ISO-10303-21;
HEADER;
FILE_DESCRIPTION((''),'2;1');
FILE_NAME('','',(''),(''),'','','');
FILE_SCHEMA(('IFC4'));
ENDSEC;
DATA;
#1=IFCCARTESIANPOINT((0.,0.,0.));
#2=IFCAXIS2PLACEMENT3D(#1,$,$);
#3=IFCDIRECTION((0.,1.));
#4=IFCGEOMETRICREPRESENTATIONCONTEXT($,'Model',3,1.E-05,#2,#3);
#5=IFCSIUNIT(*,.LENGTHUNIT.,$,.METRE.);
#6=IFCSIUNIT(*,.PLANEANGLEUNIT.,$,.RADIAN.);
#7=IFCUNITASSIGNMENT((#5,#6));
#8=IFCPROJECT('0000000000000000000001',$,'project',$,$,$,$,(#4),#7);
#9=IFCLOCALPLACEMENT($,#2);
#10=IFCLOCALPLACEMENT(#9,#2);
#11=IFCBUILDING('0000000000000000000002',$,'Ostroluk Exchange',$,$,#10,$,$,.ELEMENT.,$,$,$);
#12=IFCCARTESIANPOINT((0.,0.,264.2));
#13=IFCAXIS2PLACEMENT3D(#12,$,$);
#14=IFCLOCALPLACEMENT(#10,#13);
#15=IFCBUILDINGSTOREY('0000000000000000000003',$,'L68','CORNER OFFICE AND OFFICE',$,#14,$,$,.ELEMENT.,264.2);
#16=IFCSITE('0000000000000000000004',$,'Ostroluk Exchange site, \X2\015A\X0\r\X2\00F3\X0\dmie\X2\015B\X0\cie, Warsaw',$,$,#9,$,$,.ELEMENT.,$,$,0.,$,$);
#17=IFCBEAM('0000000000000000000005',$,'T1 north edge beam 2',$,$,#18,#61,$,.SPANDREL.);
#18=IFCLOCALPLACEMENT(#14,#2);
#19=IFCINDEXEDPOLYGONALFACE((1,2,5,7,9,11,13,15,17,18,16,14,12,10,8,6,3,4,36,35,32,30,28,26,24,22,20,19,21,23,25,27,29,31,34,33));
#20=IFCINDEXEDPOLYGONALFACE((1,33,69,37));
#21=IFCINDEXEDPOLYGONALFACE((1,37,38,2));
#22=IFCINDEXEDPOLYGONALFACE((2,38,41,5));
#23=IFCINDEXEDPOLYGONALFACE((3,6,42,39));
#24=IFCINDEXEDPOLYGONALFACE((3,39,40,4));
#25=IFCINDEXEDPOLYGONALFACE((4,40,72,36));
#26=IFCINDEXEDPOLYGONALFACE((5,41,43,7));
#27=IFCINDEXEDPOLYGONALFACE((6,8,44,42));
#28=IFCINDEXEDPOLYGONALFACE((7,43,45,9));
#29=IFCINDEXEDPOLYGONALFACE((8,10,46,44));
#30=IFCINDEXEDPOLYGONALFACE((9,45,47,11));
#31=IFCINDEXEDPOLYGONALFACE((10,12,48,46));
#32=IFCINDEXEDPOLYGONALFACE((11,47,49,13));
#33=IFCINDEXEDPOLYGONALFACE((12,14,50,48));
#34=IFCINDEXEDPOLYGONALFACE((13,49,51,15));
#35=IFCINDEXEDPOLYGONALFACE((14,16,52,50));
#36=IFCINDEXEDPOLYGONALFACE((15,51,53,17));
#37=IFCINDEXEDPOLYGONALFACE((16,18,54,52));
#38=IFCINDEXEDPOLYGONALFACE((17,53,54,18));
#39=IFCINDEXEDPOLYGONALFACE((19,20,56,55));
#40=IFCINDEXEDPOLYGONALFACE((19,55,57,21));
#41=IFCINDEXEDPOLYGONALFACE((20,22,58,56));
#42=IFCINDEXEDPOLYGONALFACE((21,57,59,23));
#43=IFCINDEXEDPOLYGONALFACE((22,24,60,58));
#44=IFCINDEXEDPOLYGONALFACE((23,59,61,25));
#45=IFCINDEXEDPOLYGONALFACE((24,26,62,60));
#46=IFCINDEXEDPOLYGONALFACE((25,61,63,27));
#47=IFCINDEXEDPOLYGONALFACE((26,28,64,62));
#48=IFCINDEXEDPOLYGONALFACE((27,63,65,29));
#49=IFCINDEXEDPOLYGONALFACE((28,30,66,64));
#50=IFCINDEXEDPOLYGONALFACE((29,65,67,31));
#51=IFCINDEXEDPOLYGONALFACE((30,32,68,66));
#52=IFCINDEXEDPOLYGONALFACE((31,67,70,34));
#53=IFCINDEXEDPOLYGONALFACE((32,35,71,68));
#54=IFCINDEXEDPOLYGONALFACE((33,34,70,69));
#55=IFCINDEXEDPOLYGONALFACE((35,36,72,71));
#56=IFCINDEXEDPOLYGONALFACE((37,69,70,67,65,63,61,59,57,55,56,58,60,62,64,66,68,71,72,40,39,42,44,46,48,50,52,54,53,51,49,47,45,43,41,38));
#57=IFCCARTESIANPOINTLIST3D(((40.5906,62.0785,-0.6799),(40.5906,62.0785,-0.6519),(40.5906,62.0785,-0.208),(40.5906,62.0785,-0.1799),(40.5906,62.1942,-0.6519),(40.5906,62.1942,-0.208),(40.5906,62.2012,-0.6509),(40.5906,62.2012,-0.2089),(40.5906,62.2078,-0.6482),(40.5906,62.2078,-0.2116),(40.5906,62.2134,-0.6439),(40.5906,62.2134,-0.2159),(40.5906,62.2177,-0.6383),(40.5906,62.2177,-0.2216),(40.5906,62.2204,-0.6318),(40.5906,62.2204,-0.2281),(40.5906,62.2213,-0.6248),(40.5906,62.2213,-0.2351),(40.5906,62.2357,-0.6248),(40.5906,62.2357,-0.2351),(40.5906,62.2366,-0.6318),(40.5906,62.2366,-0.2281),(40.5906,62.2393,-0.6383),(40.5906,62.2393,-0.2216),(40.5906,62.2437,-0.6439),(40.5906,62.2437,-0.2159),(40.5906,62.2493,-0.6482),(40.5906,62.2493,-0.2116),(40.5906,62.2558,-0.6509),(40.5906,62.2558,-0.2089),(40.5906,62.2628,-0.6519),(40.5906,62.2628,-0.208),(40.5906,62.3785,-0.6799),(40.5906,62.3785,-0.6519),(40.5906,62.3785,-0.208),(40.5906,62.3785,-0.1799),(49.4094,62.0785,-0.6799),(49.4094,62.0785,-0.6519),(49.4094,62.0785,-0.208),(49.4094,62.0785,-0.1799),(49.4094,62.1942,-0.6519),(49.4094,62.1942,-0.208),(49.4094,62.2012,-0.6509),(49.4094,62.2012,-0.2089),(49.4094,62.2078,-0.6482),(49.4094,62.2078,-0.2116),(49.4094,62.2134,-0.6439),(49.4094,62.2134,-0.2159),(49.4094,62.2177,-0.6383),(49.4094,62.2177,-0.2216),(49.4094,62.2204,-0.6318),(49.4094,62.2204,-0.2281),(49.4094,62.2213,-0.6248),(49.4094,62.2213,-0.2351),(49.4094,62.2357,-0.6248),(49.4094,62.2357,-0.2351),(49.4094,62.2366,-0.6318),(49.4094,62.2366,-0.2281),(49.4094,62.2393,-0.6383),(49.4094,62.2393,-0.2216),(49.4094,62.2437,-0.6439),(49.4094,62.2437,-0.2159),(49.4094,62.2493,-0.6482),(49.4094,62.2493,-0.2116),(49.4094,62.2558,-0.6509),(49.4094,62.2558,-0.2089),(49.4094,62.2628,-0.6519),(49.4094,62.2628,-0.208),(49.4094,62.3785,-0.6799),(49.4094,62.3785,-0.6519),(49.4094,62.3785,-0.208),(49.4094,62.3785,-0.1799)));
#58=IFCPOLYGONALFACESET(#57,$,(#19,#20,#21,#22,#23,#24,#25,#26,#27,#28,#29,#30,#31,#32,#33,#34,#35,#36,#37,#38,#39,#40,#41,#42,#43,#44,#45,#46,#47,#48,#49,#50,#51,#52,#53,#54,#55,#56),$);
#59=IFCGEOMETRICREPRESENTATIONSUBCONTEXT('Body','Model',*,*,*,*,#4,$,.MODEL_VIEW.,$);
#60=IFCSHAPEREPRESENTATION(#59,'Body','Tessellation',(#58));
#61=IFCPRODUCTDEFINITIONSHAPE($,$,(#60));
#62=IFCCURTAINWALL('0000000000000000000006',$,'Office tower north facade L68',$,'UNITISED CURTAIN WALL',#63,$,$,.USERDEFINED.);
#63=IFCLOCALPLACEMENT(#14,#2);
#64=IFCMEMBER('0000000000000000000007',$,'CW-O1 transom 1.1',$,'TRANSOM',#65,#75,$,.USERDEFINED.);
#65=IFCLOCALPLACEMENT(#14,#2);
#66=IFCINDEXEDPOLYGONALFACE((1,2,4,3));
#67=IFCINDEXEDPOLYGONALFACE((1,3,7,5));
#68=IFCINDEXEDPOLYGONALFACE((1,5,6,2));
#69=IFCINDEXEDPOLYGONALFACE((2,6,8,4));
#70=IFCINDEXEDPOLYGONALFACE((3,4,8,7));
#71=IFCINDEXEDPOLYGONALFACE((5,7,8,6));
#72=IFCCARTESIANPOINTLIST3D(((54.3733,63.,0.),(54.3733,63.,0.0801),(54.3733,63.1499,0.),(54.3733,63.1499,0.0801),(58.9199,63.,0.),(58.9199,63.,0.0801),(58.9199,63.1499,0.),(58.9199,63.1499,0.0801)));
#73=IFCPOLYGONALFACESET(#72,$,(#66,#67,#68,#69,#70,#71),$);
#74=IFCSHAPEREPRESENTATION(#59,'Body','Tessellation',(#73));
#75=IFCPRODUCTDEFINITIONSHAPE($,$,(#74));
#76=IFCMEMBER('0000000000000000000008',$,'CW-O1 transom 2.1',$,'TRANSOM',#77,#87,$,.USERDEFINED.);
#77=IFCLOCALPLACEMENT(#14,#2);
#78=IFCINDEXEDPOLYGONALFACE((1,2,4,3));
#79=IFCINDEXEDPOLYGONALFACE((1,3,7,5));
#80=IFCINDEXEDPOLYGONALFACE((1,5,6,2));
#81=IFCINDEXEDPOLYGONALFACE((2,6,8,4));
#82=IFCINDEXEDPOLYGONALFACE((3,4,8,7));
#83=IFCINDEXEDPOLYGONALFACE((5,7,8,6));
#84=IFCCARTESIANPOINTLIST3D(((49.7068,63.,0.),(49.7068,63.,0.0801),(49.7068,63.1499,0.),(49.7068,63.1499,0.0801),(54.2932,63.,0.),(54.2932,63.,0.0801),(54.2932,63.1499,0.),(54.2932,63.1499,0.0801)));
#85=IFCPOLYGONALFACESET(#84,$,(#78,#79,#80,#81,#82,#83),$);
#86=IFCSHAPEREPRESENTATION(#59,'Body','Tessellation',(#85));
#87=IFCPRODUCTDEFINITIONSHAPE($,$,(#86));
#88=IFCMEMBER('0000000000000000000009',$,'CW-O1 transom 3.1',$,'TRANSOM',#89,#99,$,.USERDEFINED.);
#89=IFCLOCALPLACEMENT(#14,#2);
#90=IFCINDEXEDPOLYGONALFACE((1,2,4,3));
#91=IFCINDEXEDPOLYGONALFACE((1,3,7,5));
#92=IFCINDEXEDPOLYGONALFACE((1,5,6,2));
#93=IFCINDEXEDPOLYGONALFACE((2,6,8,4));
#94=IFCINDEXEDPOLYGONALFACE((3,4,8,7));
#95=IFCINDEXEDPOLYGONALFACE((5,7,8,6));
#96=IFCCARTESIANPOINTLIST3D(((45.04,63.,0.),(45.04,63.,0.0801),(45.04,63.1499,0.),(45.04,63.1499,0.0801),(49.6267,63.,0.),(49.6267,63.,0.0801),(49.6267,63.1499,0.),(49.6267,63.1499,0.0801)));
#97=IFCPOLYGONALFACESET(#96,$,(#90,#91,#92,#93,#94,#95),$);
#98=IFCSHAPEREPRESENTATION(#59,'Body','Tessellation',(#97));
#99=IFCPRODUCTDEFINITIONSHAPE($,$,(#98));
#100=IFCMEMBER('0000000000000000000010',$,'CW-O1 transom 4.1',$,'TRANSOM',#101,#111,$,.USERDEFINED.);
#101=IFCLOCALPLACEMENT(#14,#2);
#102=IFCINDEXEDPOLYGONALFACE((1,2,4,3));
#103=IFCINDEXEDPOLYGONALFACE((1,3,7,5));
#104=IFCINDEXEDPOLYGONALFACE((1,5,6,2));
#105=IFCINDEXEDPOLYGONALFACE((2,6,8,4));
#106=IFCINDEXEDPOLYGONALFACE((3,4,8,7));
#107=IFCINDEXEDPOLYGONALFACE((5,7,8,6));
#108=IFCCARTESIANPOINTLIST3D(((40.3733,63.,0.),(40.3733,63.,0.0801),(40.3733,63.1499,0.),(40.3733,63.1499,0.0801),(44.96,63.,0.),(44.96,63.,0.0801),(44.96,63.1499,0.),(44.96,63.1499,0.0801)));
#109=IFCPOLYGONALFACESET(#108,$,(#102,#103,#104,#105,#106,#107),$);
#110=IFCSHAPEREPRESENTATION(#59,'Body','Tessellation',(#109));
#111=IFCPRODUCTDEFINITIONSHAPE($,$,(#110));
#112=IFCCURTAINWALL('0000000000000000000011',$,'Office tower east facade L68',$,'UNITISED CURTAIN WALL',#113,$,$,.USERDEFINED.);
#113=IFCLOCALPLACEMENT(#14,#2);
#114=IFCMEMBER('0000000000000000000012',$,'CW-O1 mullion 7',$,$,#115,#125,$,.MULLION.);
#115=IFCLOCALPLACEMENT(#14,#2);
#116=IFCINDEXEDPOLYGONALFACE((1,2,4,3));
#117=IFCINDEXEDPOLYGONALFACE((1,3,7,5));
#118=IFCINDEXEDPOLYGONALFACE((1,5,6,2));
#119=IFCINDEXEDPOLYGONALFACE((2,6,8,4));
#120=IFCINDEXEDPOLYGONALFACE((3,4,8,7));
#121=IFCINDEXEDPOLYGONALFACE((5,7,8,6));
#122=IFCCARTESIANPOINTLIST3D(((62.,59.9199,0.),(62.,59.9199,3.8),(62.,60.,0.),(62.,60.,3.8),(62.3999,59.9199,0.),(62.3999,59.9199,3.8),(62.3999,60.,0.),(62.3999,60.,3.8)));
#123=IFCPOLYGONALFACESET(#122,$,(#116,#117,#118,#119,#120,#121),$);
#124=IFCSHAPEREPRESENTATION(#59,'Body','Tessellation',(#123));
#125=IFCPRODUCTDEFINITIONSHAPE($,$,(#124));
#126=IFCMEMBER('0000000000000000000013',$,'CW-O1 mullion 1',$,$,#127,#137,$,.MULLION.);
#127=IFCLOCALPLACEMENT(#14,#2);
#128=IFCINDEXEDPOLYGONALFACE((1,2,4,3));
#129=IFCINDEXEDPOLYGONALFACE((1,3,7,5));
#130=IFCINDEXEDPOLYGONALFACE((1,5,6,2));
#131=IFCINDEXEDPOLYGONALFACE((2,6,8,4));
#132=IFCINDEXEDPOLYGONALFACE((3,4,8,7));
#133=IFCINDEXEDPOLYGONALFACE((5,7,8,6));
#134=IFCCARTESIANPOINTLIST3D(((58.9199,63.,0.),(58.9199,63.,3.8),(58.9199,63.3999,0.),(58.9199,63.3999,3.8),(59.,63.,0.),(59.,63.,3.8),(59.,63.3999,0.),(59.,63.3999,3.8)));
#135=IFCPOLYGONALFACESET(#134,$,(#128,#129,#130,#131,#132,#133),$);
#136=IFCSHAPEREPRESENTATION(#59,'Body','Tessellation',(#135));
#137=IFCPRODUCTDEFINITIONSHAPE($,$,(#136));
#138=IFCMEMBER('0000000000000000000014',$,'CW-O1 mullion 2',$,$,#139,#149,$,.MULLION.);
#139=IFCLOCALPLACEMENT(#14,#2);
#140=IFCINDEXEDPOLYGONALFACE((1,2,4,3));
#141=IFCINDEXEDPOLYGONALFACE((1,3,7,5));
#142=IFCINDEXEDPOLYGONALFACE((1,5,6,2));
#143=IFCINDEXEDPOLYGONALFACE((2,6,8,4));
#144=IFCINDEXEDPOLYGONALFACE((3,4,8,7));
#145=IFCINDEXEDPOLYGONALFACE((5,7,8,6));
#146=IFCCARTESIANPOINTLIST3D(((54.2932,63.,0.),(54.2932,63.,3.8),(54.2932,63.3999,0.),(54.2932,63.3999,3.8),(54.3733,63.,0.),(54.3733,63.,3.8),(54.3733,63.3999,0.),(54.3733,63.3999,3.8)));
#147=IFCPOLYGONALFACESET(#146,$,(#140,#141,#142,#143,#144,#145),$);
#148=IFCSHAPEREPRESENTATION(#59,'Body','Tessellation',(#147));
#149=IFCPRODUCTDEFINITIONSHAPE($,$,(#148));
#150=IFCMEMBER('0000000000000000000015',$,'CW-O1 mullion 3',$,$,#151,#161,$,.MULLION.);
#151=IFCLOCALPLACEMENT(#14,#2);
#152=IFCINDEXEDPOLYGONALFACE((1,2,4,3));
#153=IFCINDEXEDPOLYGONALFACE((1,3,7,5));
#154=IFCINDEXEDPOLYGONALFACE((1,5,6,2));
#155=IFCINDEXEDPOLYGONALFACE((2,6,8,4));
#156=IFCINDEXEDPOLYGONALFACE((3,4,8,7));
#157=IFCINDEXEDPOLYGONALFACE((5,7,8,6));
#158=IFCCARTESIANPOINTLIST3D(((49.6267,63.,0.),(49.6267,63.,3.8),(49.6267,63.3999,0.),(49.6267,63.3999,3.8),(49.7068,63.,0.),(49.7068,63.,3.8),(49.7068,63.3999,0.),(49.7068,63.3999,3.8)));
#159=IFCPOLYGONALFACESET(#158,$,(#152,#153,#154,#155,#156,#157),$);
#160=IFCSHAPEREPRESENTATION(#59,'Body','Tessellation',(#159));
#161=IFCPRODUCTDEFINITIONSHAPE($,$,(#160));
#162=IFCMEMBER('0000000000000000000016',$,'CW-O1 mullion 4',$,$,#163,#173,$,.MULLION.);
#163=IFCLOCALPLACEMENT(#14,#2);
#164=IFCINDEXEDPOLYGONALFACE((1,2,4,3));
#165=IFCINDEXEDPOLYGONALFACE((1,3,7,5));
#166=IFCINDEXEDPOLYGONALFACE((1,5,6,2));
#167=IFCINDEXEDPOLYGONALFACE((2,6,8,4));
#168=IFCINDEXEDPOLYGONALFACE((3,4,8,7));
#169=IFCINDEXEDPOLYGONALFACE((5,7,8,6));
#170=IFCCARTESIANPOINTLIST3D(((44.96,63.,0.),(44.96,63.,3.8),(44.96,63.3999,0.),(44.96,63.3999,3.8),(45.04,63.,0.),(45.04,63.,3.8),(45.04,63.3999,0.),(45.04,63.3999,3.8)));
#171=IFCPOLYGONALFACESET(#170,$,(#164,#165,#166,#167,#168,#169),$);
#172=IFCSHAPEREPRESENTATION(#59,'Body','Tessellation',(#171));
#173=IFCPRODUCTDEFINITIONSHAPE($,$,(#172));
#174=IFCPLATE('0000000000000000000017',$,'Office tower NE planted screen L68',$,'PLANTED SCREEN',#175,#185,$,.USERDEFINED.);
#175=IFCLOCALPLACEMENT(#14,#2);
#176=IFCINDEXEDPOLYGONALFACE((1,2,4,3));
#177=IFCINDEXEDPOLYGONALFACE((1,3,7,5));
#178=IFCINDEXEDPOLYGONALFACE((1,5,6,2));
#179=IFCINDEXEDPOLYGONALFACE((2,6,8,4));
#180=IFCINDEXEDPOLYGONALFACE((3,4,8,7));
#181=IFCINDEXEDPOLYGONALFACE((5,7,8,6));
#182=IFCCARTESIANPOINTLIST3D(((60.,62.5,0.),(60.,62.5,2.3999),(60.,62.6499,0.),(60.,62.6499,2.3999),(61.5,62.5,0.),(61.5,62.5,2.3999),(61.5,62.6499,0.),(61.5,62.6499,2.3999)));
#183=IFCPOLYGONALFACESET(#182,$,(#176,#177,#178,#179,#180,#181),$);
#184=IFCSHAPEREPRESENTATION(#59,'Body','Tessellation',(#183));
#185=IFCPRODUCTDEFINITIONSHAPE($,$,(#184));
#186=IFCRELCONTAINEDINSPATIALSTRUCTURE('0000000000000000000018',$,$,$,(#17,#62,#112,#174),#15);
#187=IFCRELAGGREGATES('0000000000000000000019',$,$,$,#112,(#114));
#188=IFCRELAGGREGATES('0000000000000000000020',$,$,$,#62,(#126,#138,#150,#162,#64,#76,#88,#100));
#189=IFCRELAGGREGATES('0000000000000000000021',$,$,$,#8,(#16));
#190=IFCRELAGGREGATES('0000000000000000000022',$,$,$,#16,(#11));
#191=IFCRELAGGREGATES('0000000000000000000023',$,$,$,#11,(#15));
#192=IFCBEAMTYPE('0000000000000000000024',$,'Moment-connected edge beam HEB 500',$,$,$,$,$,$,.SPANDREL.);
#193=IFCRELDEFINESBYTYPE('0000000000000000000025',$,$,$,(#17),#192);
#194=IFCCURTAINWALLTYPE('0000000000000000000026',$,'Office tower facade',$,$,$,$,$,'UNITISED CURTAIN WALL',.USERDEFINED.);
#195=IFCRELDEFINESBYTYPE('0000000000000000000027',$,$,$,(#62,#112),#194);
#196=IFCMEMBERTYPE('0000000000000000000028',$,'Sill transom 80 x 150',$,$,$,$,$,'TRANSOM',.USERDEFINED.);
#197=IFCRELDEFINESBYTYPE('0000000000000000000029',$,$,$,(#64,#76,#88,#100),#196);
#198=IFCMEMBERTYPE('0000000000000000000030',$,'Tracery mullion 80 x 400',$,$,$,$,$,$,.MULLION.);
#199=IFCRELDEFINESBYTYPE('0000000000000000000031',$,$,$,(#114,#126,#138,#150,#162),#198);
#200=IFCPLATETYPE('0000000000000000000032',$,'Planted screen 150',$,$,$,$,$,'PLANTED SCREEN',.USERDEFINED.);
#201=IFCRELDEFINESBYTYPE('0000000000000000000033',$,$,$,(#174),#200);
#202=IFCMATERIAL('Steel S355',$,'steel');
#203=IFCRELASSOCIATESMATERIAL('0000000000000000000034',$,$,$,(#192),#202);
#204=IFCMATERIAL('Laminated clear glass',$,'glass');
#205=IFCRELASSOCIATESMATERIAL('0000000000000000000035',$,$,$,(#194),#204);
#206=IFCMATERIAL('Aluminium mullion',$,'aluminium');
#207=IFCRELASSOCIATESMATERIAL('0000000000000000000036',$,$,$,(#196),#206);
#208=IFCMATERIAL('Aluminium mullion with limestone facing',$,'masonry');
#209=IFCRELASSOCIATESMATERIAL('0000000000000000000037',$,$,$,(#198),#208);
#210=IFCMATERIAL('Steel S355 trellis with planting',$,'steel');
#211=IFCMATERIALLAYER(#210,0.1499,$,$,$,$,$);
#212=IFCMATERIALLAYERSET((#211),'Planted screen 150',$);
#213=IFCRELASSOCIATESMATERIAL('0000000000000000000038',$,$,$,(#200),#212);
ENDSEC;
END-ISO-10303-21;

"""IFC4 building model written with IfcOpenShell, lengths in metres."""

from ifc_helpers import new_model, si_unit, direction, frame, origin, origin_2d, place, context, subcontext, project, spatial, rectangle, i_section, extrude, material, layer, layer_set, material_profile, profile_set, type_object, element, aggregate, save


model = new_model("IFC4")

# Units and contexts
model_context = context("Model", 3, precision=1e-05, world=origin(), true_north=direction((0.0, 1.0)))
body_context = subcontext(model_context, "Body", "Model", "MODEL_VIEW")
ifc_project = project(units=[si_unit("LENGTHUNIT", "METRE"), si_unit("PLANEANGLEUNIT", "RADIAN")], contexts=[model_context])

# Site, building, storey
site_placement = place(None, origin())
site = spatial("IfcSite", under=ifc_project, at=site_placement, Name="Ostroluk Exchange site, Śródmieście, Warsaw", CompositionType="ELEMENT", RefElevation=0.0)
building_placement = place(site_placement, origin())
building = spatial("IfcBuilding", under=site, at=building_placement, Name="Ostroluk Exchange", CompositionType="ELEMENT")
storey_placement = place(building_placement, frame((0.0, 0.0, 264.2)))
storey = spatial("IfcBuildingStorey", under=building, at=storey_placement, Name="L68", Description="CORNER OFFICE AND OFFICE", CompositionType="ELEMENT", Elevation=264.2)

# Beam
ifc_material_1 = material(Name="Steel S355", Category="steel")
ifc_material_profile_1 = material_profile(ifc_material_1, i_section(OverallWidth=0.3, OverallDepth=0.5, WebThickness=0.0144, FlangeThickness=0.0281, FilletRadius=0.0271, at=origin_2d()), Name="HEB 500")
ifc_profile_set_1 = profile_set([ifc_material_profile_1], Name="Steel S355")
beam_type_1 = type_object("IfcBeamType", Name="Moment-connected edge beam HEB 500", PredefinedType="SPANDREL", material=ifc_profile_set_1)
beam_1_placement = place(storey_placement, frame((49.4094, 62.2285, -0.4299), z_axis=(-1.0, 0.0, 0.0), x_axis=(0.0, -1.0, 0.0)))
element("IfcBeam", 1, at=beam_1_placement, inside=storey, type_object=beam_type_1, Name="T1 north edge beam 2", PredefinedType="SPANDREL", context=body_context, shape_type="SweptSolid", body=[
    extrude(i_section(OverallWidth=0.3, OverallDepth=0.5, WebThickness=0.0144, FlangeThickness=0.0281, FilletRadius=0.0271, at=origin_2d()), origin(), (0.0, 0.0, 1.0), 8.8188),
])

# Curtain wall, members
ifc_material_2 = material(Name="Laminated clear glass", Category="glass")
curtain_wall_type = type_object("IfcCurtainWallType", Name="Office tower facade", ElementType="UNITISED CURTAIN WALL", PredefinedType="USERDEFINED", material=ifc_material_2)
curtain_wall_1_placement = place(storey_placement, origin())
curtain_wall_1 = element("IfcCurtainWall", 2, at=curtain_wall_1_placement, inside=storey, type_object=curtain_wall_type, Name="Office tower north facade L68", ObjectType="UNITISED CURTAIN WALL", PredefinedType="USERDEFINED")
ifc_material_3 = material(Name="Aluminium mullion", Category="aluminium")
ifc_material_profile_2 = material_profile(ifc_material_3, rectangle(XDim=0.1499, YDim=0.0801, at=origin_2d()), Name="Sill transom 80 x 150")
ifc_profile_set_2 = profile_set([ifc_material_profile_2], Name="Aluminium mullion")
member_type_1 = type_object("IfcMemberType", Name="Sill transom 80 x 150", ElementType="TRANSOM", PredefinedType="USERDEFINED", material=ifc_profile_set_2)
member_1_placement = place(storey_placement, frame((58.9199, 63.075, 0.04), z_axis=(-1.0, 0.0, 0.0), x_axis=(0.0, -1.0, 0.0)))
member_1 = element("IfcMember", 3, at=member_1_placement, type_object=member_type_1, Name="CW-O1 transom 1.1", ObjectType="TRANSOM", PredefinedType="USERDEFINED", context=body_context, shape_type="SweptSolid", body=[
    extrude(rectangle(XDim=0.1499, YDim=0.0801, at=origin_2d()), origin(), (0.0, 0.0, 1.0), 4.5466),
])
member_2_placement = place(storey_placement, frame((54.2932, 63.075, 0.04), z_axis=(-1.0, 0.0, 0.0), x_axis=(0.0, -1.0, 0.0)))
member_2 = element("IfcMember", 4, at=member_2_placement, type_object=member_type_1, Name="CW-O1 transom 2.1", ObjectType="TRANSOM", PredefinedType="USERDEFINED", context=body_context, shape_type="SweptSolid", body=[
    extrude(rectangle(XDim=0.1499, YDim=0.0801, at=origin_2d()), origin(), (0.0, 0.0, 1.0), 4.5864),
])
member_3_placement = place(storey_placement, frame((49.6267, 63.075, 0.04), z_axis=(-1.0, 0.0, 0.0), x_axis=(0.0, -1.0, 0.0)))
member_3 = element("IfcMember", 5, at=member_3_placement, type_object=member_type_1, Name="CW-O1 transom 3.1", ObjectType="TRANSOM", PredefinedType="USERDEFINED", context=body_context, shape_type="SweptSolid", body=[
    extrude(rectangle(XDim=0.1499, YDim=0.0801, at=origin_2d()), origin(), (0.0, 0.0, 1.0), 4.5867),
])
member_4_placement = place(storey_placement, frame((44.96, 63.075, 0.04), z_axis=(-1.0, 0.0, 0.0), x_axis=(0.0, -1.0, 0.0)))
member_4 = element("IfcMember", 6, at=member_4_placement, type_object=member_type_1, Name="CW-O1 transom 4.1", ObjectType="TRANSOM", PredefinedType="USERDEFINED", context=body_context, shape_type="SweptSolid", body=[
    extrude(rectangle(XDim=0.1499, YDim=0.0801, at=origin_2d()), origin(), (0.0, 0.0, 1.0), 4.5867),
])

# Curtain wall, member
curtain_wall_2_placement = place(storey_placement, origin())
curtain_wall_2 = element("IfcCurtainWall", 7, at=curtain_wall_2_placement, inside=storey, type_object=curtain_wall_type, Name="Office tower east facade L68", ObjectType="UNITISED CURTAIN WALL", PredefinedType="USERDEFINED")
ifc_material_4 = material(Name="Aluminium mullion with limestone facing", Category="masonry")
ifc_material_profile_3 = material_profile(ifc_material_4, rectangle(XDim=0.3999, YDim=0.0801, at=origin_2d()), Name="Tracery mullion 80 x 400")
ifc_profile_set_3 = profile_set([ifc_material_profile_3], Name="Aluminium mullion with limestone facing")
member_type_2 = type_object("IfcMemberType", Name="Tracery mullion 80 x 400", PredefinedType="MULLION", material=ifc_profile_set_3)
member_5_placement = place(storey_placement, frame((62.2, 59.96, 0.0), z_axis=(0.0, 0.0, 1.0), x_axis=(-1.0, 0.0, 0.0)))
member_5 = element("IfcMember", 8, at=member_5_placement, type_object=member_type_2, Name="CW-O1 mullion 7", PredefinedType="MULLION", context=body_context, shape_type="SweptSolid", body=[
    extrude(rectangle(XDim=0.3999, YDim=0.0801, at=origin_2d()), origin(), (0.0, 0.0, 1.0), 3.8),
])
aggregate(curtain_wall_2, [member_5])

# Members
member_6_placement = place(storey_placement, frame((58.96, 63.2, 0.0), z_axis=(0.0, 0.0, 1.0), x_axis=(0.0, -1.0, 0.0)))
member_6 = element("IfcMember", 9, at=member_6_placement, type_object=member_type_2, Name="CW-O1 mullion 1", PredefinedType="MULLION", context=body_context, shape_type="SweptSolid", body=[
    extrude(rectangle(XDim=0.3999, YDim=0.0801, at=origin_2d()), origin(), (0.0, 0.0, 1.0), 3.8),
])
member_7_placement = place(storey_placement, frame((54.3333, 63.2, 0.0), z_axis=(0.0, 0.0, 1.0), x_axis=(0.0, -1.0, 0.0)))
member_7 = element("IfcMember", 10, at=member_7_placement, type_object=member_type_2, Name="CW-O1 mullion 2", PredefinedType="MULLION", context=body_context, shape_type="SweptSolid", body=[
    extrude(rectangle(XDim=0.3999, YDim=0.0801, at=origin_2d()), origin(), (0.0, 0.0, 1.0), 3.8),
])
member_8_placement = place(storey_placement, frame((49.6667, 63.2, 0.0), z_axis=(0.0, 0.0, 1.0), x_axis=(0.0, -1.0, 0.0)))
member_8 = element("IfcMember", 11, at=member_8_placement, type_object=member_type_2, Name="CW-O1 mullion 3", PredefinedType="MULLION", context=body_context, shape_type="SweptSolid", body=[
    extrude(rectangle(XDim=0.3999, YDim=0.0801, at=origin_2d()), origin(), (0.0, 0.0, 1.0), 3.8),
])
member_9_placement = place(storey_placement, frame((45.0, 63.2, 0.0), z_axis=(0.0, 0.0, 1.0), x_axis=(0.0, -1.0, 0.0)))
member_9 = element("IfcMember", 12, at=member_9_placement, type_object=member_type_2, Name="CW-O1 mullion 4", PredefinedType="MULLION", context=body_context, shape_type="SweptSolid", body=[
    extrude(rectangle(XDim=0.3999, YDim=0.0801, at=origin_2d()), origin(), (0.0, 0.0, 1.0), 3.8),
])

# Plate
ifc_material_5 = material(Name="Steel S355 trellis with planting", Category="steel")
ifc_layer_1 = layer(ifc_material_5, 0.1499)
ifc_layer_set_1 = layer_set([ifc_layer_1], Name="Planted screen 150")
plate_type_1 = type_object("IfcPlateType", Name="Planted screen 150", ElementType="PLANTED SCREEN", PredefinedType="USERDEFINED", material=ifc_layer_set_1)
plate_1_placement = place(storey_placement, frame((60.75, 62.575, 0.0), z_axis=(0.0, 0.0, 1.0), x_axis=(1.0, 0.0, 0.0)))
element("IfcPlate", 13, at=plate_1_placement, inside=storey, type_object=plate_type_1, Name="Office tower NE planted screen L68", ObjectType="PLANTED SCREEN", PredefinedType="USERDEFINED", context=body_context, shape_type="SweptSolid", body=[
    extrude(rectangle(XDim=1.5, YDim=0.1499, at=origin_2d()), origin(), (0.0, 0.0, 1.0), 2.3999),
])
aggregate(curtain_wall_1, [member_6, member_7, member_8, member_9, member_1, member_2, member_3, member_4])

save(model, "model.ifc")
